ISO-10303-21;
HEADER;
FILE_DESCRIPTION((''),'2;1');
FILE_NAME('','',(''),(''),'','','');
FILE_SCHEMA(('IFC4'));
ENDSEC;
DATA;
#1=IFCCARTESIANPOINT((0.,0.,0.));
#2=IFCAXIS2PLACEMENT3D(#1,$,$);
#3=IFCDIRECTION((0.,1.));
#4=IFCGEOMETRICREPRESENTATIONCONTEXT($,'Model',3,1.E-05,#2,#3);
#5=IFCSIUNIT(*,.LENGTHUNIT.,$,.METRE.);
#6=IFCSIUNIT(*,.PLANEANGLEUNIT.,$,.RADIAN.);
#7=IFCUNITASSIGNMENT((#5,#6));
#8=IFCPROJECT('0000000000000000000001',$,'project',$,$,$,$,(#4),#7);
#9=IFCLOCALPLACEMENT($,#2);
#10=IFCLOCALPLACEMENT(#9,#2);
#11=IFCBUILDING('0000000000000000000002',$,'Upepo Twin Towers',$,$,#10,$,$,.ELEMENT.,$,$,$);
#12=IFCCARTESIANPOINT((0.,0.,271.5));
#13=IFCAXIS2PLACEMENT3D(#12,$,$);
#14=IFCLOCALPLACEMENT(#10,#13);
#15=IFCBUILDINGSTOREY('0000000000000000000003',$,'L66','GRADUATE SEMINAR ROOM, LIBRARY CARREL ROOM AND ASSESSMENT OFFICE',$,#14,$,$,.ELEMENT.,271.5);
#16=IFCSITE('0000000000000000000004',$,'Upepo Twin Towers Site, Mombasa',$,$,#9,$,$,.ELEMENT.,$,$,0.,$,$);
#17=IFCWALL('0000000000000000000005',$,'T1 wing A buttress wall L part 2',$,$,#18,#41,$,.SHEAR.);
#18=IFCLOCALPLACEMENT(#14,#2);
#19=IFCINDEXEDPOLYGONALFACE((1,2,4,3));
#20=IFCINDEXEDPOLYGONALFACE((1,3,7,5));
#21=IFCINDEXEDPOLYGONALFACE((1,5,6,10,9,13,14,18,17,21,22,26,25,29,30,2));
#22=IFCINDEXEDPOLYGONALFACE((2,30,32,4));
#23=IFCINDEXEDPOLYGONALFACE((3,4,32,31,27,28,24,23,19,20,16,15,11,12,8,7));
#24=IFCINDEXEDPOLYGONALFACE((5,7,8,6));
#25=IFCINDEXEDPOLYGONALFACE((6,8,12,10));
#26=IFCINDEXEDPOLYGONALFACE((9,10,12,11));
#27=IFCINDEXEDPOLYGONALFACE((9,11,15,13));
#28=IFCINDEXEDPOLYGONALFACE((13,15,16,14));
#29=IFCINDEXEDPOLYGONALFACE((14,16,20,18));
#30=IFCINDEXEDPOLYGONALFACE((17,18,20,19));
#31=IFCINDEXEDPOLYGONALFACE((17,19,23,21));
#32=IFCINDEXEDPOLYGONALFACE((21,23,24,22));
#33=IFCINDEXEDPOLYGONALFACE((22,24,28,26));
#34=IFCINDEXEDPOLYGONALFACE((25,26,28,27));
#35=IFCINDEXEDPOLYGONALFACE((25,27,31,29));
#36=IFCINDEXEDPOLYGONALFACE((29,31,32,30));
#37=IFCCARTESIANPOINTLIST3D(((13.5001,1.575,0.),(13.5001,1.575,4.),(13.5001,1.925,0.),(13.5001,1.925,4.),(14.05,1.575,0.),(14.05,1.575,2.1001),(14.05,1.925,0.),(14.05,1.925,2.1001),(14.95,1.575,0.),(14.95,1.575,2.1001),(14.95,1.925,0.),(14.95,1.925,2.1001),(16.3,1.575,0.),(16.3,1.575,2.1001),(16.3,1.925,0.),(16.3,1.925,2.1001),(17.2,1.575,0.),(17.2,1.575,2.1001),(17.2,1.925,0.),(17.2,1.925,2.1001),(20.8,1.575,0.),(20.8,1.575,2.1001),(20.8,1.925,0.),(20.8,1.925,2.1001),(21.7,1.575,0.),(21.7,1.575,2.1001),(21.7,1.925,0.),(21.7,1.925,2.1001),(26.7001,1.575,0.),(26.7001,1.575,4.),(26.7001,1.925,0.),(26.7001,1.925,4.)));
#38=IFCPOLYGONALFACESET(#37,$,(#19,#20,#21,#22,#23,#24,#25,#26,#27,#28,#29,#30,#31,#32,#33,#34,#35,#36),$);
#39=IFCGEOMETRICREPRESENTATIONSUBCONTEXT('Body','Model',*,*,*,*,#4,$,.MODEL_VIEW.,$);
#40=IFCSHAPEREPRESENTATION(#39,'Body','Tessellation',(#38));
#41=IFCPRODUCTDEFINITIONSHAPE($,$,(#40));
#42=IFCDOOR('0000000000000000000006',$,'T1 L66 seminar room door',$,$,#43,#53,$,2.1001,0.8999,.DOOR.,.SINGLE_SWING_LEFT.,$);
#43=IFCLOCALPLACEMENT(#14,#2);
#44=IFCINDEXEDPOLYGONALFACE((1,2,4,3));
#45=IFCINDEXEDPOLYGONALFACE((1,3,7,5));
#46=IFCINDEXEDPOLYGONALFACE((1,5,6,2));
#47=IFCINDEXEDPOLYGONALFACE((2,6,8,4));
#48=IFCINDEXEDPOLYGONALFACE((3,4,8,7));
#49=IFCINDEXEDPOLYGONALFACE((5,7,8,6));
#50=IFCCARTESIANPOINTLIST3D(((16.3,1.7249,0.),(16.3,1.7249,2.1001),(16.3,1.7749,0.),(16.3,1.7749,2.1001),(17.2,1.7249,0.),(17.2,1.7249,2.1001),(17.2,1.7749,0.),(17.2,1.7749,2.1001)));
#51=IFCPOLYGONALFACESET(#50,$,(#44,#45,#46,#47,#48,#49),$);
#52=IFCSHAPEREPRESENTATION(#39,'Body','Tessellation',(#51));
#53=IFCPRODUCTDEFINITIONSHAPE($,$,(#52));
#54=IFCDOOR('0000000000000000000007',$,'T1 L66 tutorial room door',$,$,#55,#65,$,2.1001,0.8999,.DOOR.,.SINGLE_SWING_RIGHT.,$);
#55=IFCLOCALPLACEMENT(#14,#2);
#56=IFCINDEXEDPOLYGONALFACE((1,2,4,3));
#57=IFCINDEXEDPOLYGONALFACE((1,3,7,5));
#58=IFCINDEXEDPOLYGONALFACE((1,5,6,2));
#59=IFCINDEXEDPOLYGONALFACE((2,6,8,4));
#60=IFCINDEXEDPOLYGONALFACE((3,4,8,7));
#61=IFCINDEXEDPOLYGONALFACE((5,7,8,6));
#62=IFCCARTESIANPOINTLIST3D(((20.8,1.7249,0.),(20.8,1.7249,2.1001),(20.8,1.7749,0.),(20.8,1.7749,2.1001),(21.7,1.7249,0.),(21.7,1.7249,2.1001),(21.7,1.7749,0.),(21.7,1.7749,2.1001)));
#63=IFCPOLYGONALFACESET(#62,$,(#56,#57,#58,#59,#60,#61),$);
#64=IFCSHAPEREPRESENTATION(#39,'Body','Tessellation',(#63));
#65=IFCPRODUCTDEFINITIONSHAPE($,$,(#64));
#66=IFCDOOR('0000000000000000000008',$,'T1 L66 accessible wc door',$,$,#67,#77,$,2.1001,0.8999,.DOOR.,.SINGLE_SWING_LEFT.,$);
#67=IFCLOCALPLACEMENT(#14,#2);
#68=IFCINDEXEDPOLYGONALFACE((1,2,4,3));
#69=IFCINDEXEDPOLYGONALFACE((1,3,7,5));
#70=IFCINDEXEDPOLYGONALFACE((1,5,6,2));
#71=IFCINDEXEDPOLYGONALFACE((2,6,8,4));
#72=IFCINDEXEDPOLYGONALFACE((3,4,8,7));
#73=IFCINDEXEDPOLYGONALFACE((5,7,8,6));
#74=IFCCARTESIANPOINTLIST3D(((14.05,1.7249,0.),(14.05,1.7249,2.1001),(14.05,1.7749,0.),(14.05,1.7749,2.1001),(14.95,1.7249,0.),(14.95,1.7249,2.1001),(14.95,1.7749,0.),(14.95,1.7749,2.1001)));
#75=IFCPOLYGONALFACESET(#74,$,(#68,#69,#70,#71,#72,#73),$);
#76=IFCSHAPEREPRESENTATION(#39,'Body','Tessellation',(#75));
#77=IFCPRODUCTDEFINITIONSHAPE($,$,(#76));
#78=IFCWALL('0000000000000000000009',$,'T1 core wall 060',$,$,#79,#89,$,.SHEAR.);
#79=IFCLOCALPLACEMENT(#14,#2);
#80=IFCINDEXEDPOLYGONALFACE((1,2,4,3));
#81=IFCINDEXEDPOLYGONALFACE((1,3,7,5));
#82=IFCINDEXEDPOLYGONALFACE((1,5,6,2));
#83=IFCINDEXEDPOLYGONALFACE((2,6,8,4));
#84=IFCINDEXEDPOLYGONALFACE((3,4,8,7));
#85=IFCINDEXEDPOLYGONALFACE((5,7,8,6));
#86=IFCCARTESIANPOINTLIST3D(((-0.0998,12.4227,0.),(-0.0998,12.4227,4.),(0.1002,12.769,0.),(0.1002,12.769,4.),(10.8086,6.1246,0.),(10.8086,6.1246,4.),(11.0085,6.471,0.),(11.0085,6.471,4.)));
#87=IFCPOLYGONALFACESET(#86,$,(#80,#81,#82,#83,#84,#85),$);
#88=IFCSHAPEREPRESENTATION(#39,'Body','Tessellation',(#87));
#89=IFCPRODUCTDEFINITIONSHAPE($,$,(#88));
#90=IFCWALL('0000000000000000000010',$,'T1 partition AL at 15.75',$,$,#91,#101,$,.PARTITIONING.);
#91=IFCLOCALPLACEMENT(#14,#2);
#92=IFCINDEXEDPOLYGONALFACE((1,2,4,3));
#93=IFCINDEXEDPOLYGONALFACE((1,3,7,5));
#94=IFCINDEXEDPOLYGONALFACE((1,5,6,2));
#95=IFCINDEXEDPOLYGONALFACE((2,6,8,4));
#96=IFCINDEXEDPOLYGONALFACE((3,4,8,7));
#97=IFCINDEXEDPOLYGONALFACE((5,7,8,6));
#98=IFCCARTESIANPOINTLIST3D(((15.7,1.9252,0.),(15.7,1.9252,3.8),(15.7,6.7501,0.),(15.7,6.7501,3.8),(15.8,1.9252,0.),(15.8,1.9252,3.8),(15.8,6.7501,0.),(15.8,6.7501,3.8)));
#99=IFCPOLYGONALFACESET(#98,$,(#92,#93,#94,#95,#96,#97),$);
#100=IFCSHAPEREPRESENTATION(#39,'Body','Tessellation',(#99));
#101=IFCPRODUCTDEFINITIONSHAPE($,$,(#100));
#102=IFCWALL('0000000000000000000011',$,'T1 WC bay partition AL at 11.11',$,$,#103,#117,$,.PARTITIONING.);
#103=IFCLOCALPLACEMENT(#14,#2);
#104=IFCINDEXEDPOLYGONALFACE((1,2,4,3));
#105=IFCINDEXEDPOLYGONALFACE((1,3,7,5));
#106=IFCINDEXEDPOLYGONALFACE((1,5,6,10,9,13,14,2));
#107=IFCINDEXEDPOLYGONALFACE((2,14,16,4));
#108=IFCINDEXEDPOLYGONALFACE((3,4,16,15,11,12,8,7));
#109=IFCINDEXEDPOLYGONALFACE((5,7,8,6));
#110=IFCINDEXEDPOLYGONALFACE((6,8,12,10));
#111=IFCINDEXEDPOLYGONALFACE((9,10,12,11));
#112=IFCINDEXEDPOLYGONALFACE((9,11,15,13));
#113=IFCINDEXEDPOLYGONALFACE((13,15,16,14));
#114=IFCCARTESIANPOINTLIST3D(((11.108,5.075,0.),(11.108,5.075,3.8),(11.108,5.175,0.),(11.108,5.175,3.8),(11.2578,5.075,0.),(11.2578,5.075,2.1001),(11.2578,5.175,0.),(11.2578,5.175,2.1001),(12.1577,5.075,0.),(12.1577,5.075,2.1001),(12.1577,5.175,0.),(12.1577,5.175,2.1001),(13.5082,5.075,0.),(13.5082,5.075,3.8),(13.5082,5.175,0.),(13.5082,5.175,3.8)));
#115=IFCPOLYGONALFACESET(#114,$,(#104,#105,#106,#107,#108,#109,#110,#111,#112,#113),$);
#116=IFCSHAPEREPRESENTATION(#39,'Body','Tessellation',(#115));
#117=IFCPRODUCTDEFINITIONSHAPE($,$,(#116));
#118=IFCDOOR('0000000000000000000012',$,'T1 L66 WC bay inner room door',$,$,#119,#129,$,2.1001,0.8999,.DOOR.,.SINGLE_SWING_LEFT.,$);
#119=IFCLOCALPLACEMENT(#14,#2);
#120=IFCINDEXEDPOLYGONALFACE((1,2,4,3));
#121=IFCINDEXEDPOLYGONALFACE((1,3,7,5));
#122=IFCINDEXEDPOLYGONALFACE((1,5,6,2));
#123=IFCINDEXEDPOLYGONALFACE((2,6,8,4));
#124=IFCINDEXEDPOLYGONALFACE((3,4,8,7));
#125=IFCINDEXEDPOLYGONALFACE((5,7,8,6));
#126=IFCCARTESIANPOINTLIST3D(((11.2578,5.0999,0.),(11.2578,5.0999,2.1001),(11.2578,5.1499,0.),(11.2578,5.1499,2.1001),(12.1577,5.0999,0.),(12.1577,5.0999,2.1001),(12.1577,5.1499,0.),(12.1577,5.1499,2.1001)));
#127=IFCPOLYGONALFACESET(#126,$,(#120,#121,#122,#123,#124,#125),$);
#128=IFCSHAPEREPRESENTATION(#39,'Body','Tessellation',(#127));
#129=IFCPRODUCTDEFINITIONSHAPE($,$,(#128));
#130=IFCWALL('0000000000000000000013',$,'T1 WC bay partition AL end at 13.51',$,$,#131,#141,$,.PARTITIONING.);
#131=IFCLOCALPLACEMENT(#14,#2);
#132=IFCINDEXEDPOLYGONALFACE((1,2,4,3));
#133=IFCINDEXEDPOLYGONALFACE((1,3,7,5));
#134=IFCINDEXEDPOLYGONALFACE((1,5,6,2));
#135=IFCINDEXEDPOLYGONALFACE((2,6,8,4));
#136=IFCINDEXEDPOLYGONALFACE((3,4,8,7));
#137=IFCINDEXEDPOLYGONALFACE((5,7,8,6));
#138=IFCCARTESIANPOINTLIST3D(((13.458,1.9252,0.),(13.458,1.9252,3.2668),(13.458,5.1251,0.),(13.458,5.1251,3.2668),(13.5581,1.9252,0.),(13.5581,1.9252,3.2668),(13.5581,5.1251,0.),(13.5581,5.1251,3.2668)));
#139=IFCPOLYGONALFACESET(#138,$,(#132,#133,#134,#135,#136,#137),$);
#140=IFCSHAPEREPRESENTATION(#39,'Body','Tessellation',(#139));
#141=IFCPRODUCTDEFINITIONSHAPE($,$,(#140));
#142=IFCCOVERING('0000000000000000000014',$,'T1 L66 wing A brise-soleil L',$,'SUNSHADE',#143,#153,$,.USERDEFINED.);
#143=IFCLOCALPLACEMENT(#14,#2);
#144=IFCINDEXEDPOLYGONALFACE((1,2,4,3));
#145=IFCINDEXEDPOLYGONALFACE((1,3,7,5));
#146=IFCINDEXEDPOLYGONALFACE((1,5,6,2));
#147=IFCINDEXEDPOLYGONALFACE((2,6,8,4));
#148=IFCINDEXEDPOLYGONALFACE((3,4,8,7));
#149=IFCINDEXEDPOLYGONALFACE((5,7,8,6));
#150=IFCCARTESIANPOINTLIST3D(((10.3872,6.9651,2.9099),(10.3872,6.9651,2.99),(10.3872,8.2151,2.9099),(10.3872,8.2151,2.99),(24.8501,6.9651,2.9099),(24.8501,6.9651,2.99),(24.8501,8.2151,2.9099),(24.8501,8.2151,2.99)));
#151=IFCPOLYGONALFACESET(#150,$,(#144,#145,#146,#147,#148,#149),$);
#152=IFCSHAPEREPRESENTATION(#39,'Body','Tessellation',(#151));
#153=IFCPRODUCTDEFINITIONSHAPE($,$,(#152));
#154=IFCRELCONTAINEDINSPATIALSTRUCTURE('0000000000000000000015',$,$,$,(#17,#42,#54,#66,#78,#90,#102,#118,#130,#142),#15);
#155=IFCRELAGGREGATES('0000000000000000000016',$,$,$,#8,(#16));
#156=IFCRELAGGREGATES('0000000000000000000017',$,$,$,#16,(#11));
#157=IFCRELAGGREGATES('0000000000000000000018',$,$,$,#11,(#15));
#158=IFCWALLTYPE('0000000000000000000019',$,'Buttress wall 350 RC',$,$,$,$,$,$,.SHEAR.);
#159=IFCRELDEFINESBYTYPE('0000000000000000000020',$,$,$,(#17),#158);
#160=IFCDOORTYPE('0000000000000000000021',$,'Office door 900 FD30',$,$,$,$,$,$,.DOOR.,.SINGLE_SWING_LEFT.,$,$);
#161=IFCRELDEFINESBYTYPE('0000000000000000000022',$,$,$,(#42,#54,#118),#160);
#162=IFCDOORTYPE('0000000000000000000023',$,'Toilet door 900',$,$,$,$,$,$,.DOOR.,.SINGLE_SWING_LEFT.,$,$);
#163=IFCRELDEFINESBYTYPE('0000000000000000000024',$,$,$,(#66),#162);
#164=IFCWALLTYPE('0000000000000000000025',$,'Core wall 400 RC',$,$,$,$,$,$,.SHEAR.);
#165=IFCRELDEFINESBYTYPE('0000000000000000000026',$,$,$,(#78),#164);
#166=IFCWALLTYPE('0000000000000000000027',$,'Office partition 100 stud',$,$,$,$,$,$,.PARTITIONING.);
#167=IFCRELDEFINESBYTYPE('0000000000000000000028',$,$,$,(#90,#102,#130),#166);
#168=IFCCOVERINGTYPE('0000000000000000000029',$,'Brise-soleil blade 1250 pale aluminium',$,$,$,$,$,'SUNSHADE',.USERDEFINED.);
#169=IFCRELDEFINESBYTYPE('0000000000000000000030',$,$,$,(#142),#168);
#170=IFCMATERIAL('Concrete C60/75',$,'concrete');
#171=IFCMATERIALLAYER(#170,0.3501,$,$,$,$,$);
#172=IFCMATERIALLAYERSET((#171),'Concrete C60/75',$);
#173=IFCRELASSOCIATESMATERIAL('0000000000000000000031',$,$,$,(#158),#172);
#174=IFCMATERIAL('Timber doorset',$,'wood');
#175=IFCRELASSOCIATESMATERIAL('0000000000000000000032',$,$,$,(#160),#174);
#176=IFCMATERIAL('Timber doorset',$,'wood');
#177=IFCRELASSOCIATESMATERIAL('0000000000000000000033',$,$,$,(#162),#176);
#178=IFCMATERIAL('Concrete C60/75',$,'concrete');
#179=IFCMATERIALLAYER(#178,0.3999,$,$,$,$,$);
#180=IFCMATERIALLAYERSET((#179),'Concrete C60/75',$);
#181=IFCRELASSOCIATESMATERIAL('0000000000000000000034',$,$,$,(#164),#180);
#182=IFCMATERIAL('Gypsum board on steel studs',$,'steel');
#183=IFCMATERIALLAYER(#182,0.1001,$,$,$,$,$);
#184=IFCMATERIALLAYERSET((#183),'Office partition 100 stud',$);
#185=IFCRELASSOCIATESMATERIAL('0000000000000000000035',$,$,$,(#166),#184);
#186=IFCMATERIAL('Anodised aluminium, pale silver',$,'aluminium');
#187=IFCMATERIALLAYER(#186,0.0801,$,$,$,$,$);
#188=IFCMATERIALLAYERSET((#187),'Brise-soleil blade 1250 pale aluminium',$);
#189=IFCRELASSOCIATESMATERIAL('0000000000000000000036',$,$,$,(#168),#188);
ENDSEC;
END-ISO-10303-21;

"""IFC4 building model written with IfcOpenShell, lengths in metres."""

from ifc_helpers import new_model, si_unit, direction, frame, frame_2d, origin, origin_2d, place, context, subcontext, project, spatial, rectangle, extrude, material, layer, layer_set, type_object, element, fill, save


model = new_model("IFC4")

# Units and contexts
model_context = context("Model", 3, precision=1e-05, world=origin(), true_north=direction((0.0, 1.0)))
body_context = subcontext(model_context, "Body", "Model", "MODEL_VIEW")
ifc_project = project(units=[si_unit("LENGTHUNIT", "METRE"), si_unit("PLANEANGLEUNIT", "RADIAN")], contexts=[model_context])

# Site, building, storey
site_placement = place(None, origin())
site = spatial("IfcSite", under=ifc_project, at=site_placement, Name="Upepo Twin Towers Site, Mombasa", CompositionType="ELEMENT", RefElevation=0.0)
building_placement = place(site_placement, origin())
building = spatial("IfcBuilding", under=site, at=building_placement, Name="Upepo Twin Towers", CompositionType="ELEMENT")
storey_placement = place(building_placement, frame((0.0, 0.0, 271.5)))
storey = spatial("IfcBuildingStorey", under=building, at=storey_placement, Name="L66", Description="GRADUATE SEMINAR ROOM, LIBRARY CARREL ROOM AND ASSESSMENT OFFICE", CompositionType="ELEMENT", Elevation=271.5)

# Shared definitions
ifc_material_1 = material(Name="Concrete C60/75", Category="concrete")
ifc_layer_1 = layer(ifc_material_1, 0.3501)
ifc_layer_set_1 = layer_set([ifc_layer_1], Name="Concrete C60/75")
wall_type_1 = type_object("IfcWallType", Name="Buttress wall 350 RC", PredefinedType="SHEAR", material=ifc_layer_set_1)

# Wall, openings, doors
wall_1_placement = place(storey_placement, frame((13.5, 1.75, 0.0), z_axis=(0.0, 0.0, 1.0), x_axis=(1.0, 0.0, 0.0)))
wall_1 = element("IfcWall", 1, at=wall_1_placement, inside=storey, type_object=wall_type_1, Name="T1 wing A buttress wall L part 2", PredefinedType="SHEAR", context=body_context, shape_type="SweptSolid", body=[
    extrude(rectangle(XDim=13.2, YDim=0.3501, at=frame_2d((6.6001, 0.0))), origin(), (0.0, 0.0, 1.0), 4.0),
])
opening_1_placement = place(wall_1_placement, frame((0.55, 0.0, 0.0)))
opening_1 = element("IfcOpeningElement", 2, at=opening_1_placement, cuts=wall_1, PredefinedType="OPENING", context=body_context, shape_type="SweptSolid", body=[
    extrude(rectangle(XDim=0.8999, YDim=2.1001, at=frame_2d((0.45, 1.05))), frame((0.0, 0.1851, 0.0), z_axis=(0.0, -1.0, 0.0), x_axis=(1.0, 0.0, 0.0)), (0.0, 0.0, 1.0), 0.3701),
])
opening_2_placement = place(wall_1_placement, frame((2.8, 0.0, 0.0)))
opening_2 = element("IfcOpeningElement", 3, at=opening_2_placement, cuts=wall_1, PredefinedType="OPENING", context=body_context, shape_type="SweptSolid", body=[
    extrude(rectangle(XDim=0.8999, YDim=2.1001, at=frame_2d((0.45, 1.05))), frame((0.0, 0.1851, 0.0), z_axis=(0.0, -1.0, 0.0), x_axis=(1.0, 0.0, 0.0)), (0.0, 0.0, 1.0), 0.3701),
])
opening_3_placement = place(wall_1_placement, frame((7.3, 0.0, 0.0)))
opening_3 = element("IfcOpeningElement", 4, at=opening_3_placement, cuts=wall_1, PredefinedType="OPENING", context=body_context, shape_type="SweptSolid", body=[
    extrude(rectangle(XDim=0.8999, YDim=2.1001, at=frame_2d((0.45, 1.05))), frame((0.0, 0.1851, 0.0), z_axis=(0.0, -1.0, 0.0), x_axis=(1.0, 0.0, 0.0)), (0.0, 0.0, 1.0), 0.3701),
])
ifc_material_2 = material(Name="Timber doorset", Category="wood")
door_type_1 = type_object("IfcDoorType", Name="Office door 900 FD30", OperationType="SINGLE_SWING_LEFT", PredefinedType="DOOR", material=ifc_material_2)
door_1_placement = place(opening_2_placement, origin())
door_1 = element("IfcDoor", 5, at=door_1_placement, inside=storey, type_object=door_type_1, Name="T1 L66 seminar room door", OperationType="SINGLE_SWING_LEFT", OverallHeight=2.1001, OverallWidth=0.8999, PredefinedType="DOOR", context=body_context, shape_type="SweptSolid", body=[
    extrude(rectangle(XDim=0.8999, YDim=2.1001, at=frame_2d((0.45, 1.05))), frame((0.0, 0.0249, 0.0), z_axis=(0.0, -1.0, 0.0), x_axis=(1.0, 0.0, 0.0)), (0.0, 0.0, 1.0), 0.05),
])
fill(opening_2, door_1)
door_2_placement = place(opening_3_placement, origin())
door_2 = element("IfcDoor", 6, at=door_2_placement, inside=storey, type_object=door_type_1, Name="T1 L66 tutorial room door", OperationType="SINGLE_SWING_RIGHT", OverallHeight=2.1001, OverallWidth=0.8999, PredefinedType="DOOR", context=body_context, shape_type="SweptSolid", body=[
    extrude(rectangle(XDim=0.8999, YDim=2.1001, at=frame_2d((0.45, 1.05))), frame((0.0, 0.0249, 0.0), z_axis=(0.0, -1.0, 0.0), x_axis=(1.0, 0.0, 0.0)), (0.0, 0.0, 1.0), 0.05),
])
fill(opening_3, door_2)
ifc_material_3 = material(Name="Timber doorset", Category="wood")
door_type_2 = type_object("IfcDoorType", Name="Toilet door 900", OperationType="SINGLE_SWING_LEFT", PredefinedType="DOOR", material=ifc_material_3)
door_3_placement = place(opening_1_placement, origin())
door_3 = element("IfcDoor", 7, at=door_3_placement, inside=storey, type_object=door_type_2, Name="T1 L66 accessible wc door", OperationType="SINGLE_SWING_LEFT", OverallHeight=2.1001, OverallWidth=0.8999, PredefinedType="DOOR", context=body_context, shape_type="SweptSolid", body=[
    extrude(rectangle(XDim=0.8999, YDim=2.1001, at=frame_2d((0.45, 1.05))), frame((0.0, 0.0249, 0.0), z_axis=(0.0, -1.0, 0.0), x_axis=(1.0, 0.0, 0.0)), (0.0, 0.0, 1.0), 0.05),
])
fill(opening_1, door_3)

# Walls
ifc_material_4 = material(Name="Concrete C60/75", Category="concrete")
ifc_layer_2 = layer(ifc_material_4, 0.3999)
ifc_layer_set_2 = layer_set([ifc_layer_2], Name="Concrete C60/75")
wall_type_2 = type_object("IfcWallType", Name="Core wall 400 RC", PredefinedType="SHEAR", material=ifc_layer_set_2)
wall_2_placement = place(storey_placement, frame((10.9084, 6.2979, 0.0), z_axis=(0.0, 0.0, 1.0), x_axis=(-0.866022, 0.500006, 0.0)))
element("IfcWall", 8, at=wall_2_placement, inside=storey, type_object=wall_type_2, Name="T1 core wall 060", PredefinedType="SHEAR", context=body_context, shape_type="SweptSolid", body=[
    extrude(rectangle(XDim=12.5959, YDim=0.3999, at=frame_2d((6.2979, 0.0))), origin(), (0.0, 0.0, 1.0), 4.0),
])
ifc_material_5 = material(Name="Gypsum board on steel studs", Category="steel")
ifc_layer_3 = layer(ifc_material_5, 0.1001)
ifc_layer_set_3 = layer_set([ifc_layer_3], Name="Office partition 100 stud")
wall_type_3 = type_object("IfcWallType", Name="Office partition 100 stud", PredefinedType="PARTITIONING", material=ifc_layer_set_3)
wall_3_placement = place(storey_placement, frame((15.75, 1.925, 0.0), z_axis=(0.0, 0.0, 1.0), x_axis=(0.0, 1.0, 0.0)))
element("IfcWall", 9, at=wall_3_placement, inside=storey, type_object=wall_type_3, Name="T1 partition AL at 15.75", PredefinedType="PARTITIONING", context=body_context, shape_type="SweptSolid", body=[
    extrude(rectangle(XDim=4.825, YDim=0.1001, at=frame_2d((2.4126, 0.0))), origin(), (0.0, 0.0, 1.0), 3.8),
])

# Wall, opening, door
wall_4_placement = place(storey_placement, frame((11.1079, 5.125, 0.0), z_axis=(0.0, 0.0, 1.0), x_axis=(1.0, 0.0, 0.0)))
wall_4 = element("IfcWall", 10, at=wall_4_placement, inside=storey, type_object=wall_type_3, Name="T1 WC bay partition AL at 11.11", PredefinedType="PARTITIONING", context=body_context, shape_type="SweptSolid", body=[
    extrude(rectangle(XDim=2.4001, YDim=0.1001, at=frame_2d((1.2002, 0.0))), origin(), (0.0, 0.0, 1.0), 3.8),
])
opening_4_placement = place(wall_4_placement, frame((0.1499, 0.0, 0.0)))
opening_4 = element("IfcOpeningElement", 11, at=opening_4_placement, cuts=wall_4, PredefinedType="OPENING", context=body_context, shape_type="SweptSolid", body=[
    extrude(rectangle(XDim=0.8999, YDim=2.1001, at=frame_2d((0.45, 1.05))), frame((0.0, 0.0601, 0.0), z_axis=(0.0, -1.0, 0.0), x_axis=(1.0, 0.0, 0.0)), (0.0, 0.0, 1.0), 0.1201),
])
door_4_placement = place(opening_4_placement, origin())
door_4 = element("IfcDoor", 12, at=door_4_placement, inside=storey, type_object=door_type_1, Name="T1 L66 WC bay inner room door", OperationType="SINGLE_SWING_LEFT", OverallHeight=2.1001, OverallWidth=0.8999, PredefinedType="DOOR", context=body_context, shape_type="SweptSolid", body=[
    extrude(rectangle(XDim=0.8999, YDim=2.1001, at=frame_2d((0.45, 1.05))), frame((0.0, 0.0249, 0.0), z_axis=(0.0, -1.0, 0.0), x_axis=(1.0, 0.0, 0.0)), (0.0, 0.0, 1.0), 0.05),
])
fill(opening_4, door_4)

# Wall
wall_5_placement = place(storey_placement, frame((13.5081, 1.925, 0.0), z_axis=(0.0, 0.0, 1.0), x_axis=(0.0, 1.0, 0.0)))
element("IfcWall", 13, at=wall_5_placement, inside=storey, type_object=wall_type_3, Name="T1 WC bay partition AL end at 13.51", PredefinedType="PARTITIONING", context=body_context, shape_type="SweptSolid", body=[
    extrude(rectangle(XDim=3.2, YDim=0.1001, at=frame_2d((1.6001, 0.0))), origin(), (0.0, 0.0, 1.0), 3.2668),
])

# Covering
ifc_material_6 = material(Name="Anodised aluminium, pale silver", Category="aluminium")
ifc_layer_4 = layer(ifc_material_6, 0.0801)
ifc_layer_set_4 = layer_set([ifc_layer_4], Name="Brise-soleil blade 1250 pale aluminium")
covering_type = type_object("IfcCoveringType", Name="Brise-soleil blade 1250 pale aluminium", ElementType="SUNSHADE", PredefinedType="USERDEFINED", material=ifc_layer_set_4)
covering_placement = place(storey_placement, frame((17.6187, 7.5901, 2.9099), z_axis=(0.0, 0.0, 1.0), x_axis=(1.0, 0.0, 0.0)))
element("IfcCovering", 14, at=covering_placement, inside=storey, type_object=covering_type, Name="T1 L66 wing A brise-soleil L", ObjectType="SUNSHADE", PredefinedType="USERDEFINED", context=body_context, shape_type="SweptSolid", body=[
    extrude(rectangle(XDim=14.4629, YDim=1.25, at=origin_2d()), origin(), (0.0, 0.0, 1.0), 0.0801),
])

save(model, "model.ifc")
